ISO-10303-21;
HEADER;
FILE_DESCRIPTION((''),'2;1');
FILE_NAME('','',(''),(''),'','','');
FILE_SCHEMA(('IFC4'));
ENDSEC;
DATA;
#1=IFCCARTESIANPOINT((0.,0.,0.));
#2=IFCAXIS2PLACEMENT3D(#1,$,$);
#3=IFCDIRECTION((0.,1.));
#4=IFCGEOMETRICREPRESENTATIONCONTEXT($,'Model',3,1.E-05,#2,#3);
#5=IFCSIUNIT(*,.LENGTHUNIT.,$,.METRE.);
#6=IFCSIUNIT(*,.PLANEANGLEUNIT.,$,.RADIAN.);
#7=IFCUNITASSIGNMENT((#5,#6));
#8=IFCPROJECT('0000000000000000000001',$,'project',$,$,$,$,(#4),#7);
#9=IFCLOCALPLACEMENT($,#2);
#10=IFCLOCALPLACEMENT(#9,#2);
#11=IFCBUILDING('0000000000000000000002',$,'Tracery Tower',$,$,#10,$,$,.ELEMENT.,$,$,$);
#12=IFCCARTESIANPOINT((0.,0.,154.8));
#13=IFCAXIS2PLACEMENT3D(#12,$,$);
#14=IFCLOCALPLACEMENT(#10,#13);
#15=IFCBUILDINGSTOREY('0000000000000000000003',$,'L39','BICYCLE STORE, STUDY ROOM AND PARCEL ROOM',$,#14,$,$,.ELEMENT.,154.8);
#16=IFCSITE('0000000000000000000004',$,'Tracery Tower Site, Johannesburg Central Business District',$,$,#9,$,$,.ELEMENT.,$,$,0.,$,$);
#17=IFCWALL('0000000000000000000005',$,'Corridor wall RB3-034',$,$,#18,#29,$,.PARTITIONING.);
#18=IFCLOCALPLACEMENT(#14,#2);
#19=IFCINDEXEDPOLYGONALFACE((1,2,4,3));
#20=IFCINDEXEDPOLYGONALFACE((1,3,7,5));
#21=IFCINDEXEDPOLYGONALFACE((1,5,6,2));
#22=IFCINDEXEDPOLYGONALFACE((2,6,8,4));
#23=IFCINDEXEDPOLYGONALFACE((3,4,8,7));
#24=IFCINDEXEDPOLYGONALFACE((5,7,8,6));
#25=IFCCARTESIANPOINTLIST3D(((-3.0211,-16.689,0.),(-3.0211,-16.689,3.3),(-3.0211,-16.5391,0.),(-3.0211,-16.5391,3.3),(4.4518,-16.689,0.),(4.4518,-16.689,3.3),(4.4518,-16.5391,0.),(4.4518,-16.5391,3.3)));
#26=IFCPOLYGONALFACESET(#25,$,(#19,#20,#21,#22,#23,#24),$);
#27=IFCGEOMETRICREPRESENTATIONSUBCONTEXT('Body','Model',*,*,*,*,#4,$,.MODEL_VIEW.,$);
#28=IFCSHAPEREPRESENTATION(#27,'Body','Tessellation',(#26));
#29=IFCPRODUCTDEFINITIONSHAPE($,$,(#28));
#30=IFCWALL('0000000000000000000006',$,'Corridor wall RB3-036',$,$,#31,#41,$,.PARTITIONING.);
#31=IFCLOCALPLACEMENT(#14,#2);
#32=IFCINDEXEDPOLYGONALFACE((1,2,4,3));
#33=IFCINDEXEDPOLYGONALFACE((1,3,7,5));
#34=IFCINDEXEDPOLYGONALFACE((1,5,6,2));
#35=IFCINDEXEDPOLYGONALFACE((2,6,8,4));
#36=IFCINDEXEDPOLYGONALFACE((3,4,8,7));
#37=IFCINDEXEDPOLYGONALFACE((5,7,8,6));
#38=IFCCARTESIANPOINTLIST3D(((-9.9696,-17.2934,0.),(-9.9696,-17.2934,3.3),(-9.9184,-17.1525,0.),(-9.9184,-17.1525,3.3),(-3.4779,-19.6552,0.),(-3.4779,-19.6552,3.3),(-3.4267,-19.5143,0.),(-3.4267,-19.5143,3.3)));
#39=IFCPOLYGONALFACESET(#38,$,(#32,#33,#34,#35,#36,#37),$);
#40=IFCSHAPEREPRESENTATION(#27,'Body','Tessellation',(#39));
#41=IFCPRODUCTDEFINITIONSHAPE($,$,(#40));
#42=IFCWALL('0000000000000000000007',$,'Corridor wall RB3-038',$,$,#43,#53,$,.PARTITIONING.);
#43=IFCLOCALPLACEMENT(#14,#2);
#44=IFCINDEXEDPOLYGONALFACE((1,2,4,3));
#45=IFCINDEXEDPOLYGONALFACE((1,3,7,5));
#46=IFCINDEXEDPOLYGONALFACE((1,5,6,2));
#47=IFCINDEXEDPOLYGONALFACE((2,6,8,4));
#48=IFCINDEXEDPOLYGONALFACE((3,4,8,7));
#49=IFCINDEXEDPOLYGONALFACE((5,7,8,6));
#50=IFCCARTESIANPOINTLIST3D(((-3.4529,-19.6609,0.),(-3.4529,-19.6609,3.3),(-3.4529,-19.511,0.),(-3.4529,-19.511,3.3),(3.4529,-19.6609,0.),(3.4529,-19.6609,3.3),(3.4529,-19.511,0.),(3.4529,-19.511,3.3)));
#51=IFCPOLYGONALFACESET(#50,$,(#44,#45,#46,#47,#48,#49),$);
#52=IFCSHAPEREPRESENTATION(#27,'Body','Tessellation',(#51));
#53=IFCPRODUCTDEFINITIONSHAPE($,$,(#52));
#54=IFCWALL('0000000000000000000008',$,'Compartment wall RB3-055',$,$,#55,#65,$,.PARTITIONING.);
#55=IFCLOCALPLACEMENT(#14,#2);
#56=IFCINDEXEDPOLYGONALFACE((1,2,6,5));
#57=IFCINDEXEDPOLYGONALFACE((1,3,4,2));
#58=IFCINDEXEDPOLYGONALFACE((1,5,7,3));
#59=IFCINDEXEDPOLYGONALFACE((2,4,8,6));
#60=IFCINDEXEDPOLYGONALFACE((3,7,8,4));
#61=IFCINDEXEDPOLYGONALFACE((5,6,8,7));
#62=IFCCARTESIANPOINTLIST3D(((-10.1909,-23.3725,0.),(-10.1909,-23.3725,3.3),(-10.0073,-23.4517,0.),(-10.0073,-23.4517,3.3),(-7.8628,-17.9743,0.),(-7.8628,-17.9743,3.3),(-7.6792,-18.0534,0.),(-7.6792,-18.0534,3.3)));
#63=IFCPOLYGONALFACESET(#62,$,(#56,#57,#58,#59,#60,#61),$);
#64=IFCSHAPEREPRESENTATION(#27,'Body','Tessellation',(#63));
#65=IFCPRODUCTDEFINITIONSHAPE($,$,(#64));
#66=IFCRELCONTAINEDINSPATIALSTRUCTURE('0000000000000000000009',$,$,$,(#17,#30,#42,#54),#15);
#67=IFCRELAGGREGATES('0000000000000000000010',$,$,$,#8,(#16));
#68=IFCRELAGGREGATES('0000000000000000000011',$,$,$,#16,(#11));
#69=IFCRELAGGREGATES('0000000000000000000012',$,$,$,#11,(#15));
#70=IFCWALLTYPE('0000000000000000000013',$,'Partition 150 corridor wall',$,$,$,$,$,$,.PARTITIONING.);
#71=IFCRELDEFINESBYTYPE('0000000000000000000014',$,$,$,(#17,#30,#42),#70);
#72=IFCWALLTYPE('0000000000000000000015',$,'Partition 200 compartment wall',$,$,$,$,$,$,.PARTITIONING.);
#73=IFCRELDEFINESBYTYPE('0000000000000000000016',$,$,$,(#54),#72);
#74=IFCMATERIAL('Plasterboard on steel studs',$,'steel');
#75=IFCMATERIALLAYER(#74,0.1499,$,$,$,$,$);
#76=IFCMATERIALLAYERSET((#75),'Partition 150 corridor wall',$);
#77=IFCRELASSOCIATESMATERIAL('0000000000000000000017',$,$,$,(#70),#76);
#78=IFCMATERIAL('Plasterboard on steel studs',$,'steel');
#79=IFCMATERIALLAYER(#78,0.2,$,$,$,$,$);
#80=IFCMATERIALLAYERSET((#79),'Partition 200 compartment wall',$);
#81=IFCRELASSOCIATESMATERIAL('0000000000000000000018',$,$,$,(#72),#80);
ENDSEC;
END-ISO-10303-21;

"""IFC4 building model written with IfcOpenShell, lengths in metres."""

from ifc_helpers import new_model, si_unit, direction, frame, frame_2d, origin, place, context, subcontext, project, spatial, rectangle, extrude, material, layer, layer_set, type_object, element, save


model = new_model("IFC4")

# Units and contexts
model_context = context("Model", 3, precision=1e-05, world=origin(), true_north=direction((0.0, 1.0)))
body_context = subcontext(model_context, "Body", "Model", "MODEL_VIEW")
ifc_project = project(units=[si_unit("LENGTHUNIT", "METRE"), si_unit("PLANEANGLEUNIT", "RADIAN")], contexts=[model_context])

# Site, building, storey
site_placement = place(None, origin())
site = spatial("IfcSite", under=ifc_project, at=site_placement, Name="Tracery Tower Site, Johannesburg Central Business District", CompositionType="ELEMENT", RefElevation=0.0)
building_placement = place(site_placement, origin())
building = spatial("IfcBuilding", under=site, at=building_placement, Name="Tracery Tower", CompositionType="ELEMENT")
storey_placement = place(building_placement, frame((0.0, 0.0, 154.8)))
storey = spatial("IfcBuildingStorey", under=building, at=storey_placement, Name="L39", Description="BICYCLE STORE, STUDY ROOM AND PARCEL ROOM", CompositionType="ELEMENT", Elevation=154.8)

# Shared definitions
ifc_material_1 = material(Name="Plasterboard on steel studs", Category="steel")
ifc_layer_1 = layer(ifc_material_1, 0.1499)
ifc_layer_set_1 = layer_set([ifc_layer_1], Name="Partition 150 corridor wall")
wall_type_1 = type_object("IfcWallType", Name="Partition 150 corridor wall", PredefinedType="PARTITIONING", material=ifc_layer_set_1)

# Walls
wall_1_placement = place(storey_placement, frame((-3.021, -16.614, 0.0), z_axis=(0.0, 0.0, 1.0), x_axis=(1.0, 0.0, 0.0)))
element("IfcWall", 1, at=wall_1_placement, inside=storey, type_object=wall_type_1, Name="Corridor wall RB3-034", PredefinedType="PARTITIONING", context=body_context, shape_type="SweptSolid", body=[
    extrude(rectangle(XDim=7.4729, YDim=0.1499, at=frame_2d((3.7363, 0.0))), origin(), (0.0, 0.0, 1.0), 3.3),
])
wall_2_placement = place(storey_placement, frame((-9.9441, -17.2229, 0.0), z_axis=(0.0, 0.0, 1.0), x_axis=(0.939738, -0.341896, 0.0)))
element("IfcWall", 2, at=wall_2_placement, inside=storey, type_object=wall_type_1, Name="Corridor wall RB3-036", PredefinedType="PARTITIONING", context=body_context, shape_type="SweptSolid", body=[
    extrude(rectangle(XDim=6.908, YDim=0.1499, at=frame_2d((3.4541, 0.0))), origin(), (0.0, 0.0, 1.0), 3.3),
])
wall_3_placement = place(storey_placement, frame((-3.4529, -19.5859, 0.0), z_axis=(0.0, 0.0, 1.0), x_axis=(1.0, 0.0, 0.0)))
element("IfcWall", 3, at=wall_3_placement, inside=storey, type_object=wall_type_1, Name="Corridor wall RB3-038", PredefinedType="PARTITIONING", context=body_context, shape_type="SweptSolid", body=[
    extrude(rectangle(XDim=6.9058, YDim=0.1499, at=frame_2d((3.4529, 0.0))), origin(), (0.0, 0.0, 1.0), 3.3),
])
ifc_material_2 = material(Name="Plasterboard on steel studs", Category="steel")
ifc_layer_2 = layer(ifc_material_2, 0.2)
ifc_layer_set_2 = layer_set([ifc_layer_2], Name="Partition 200 compartment wall")
wall_type_2 = type_object("IfcWallType", Name="Partition 200 compartment wall", PredefinedType="PARTITIONING", material=ifc_layer_set_2)
wall_4_placement = place(storey_placement, frame((-10.0991, -23.4121, 0.0), z_axis=(0.0, 0.0, 1.0), x_axis=(0.396018, 0.918243, 0.0)))
element("IfcWall", 4, at=wall_4_placement, inside=storey, type_object=wall_type_2, Name="Compartment wall RB3-055", PredefinedType="PARTITIONING", context=body_context, shape_type="SweptSolid", body=[
    extrude(rectangle(XDim=5.8789, YDim=0.2, at=frame_2d((2.9395, 0.0))), origin(), (0.0, 0.0, 1.0), 3.3),
])

save(model, "model.ifc")
